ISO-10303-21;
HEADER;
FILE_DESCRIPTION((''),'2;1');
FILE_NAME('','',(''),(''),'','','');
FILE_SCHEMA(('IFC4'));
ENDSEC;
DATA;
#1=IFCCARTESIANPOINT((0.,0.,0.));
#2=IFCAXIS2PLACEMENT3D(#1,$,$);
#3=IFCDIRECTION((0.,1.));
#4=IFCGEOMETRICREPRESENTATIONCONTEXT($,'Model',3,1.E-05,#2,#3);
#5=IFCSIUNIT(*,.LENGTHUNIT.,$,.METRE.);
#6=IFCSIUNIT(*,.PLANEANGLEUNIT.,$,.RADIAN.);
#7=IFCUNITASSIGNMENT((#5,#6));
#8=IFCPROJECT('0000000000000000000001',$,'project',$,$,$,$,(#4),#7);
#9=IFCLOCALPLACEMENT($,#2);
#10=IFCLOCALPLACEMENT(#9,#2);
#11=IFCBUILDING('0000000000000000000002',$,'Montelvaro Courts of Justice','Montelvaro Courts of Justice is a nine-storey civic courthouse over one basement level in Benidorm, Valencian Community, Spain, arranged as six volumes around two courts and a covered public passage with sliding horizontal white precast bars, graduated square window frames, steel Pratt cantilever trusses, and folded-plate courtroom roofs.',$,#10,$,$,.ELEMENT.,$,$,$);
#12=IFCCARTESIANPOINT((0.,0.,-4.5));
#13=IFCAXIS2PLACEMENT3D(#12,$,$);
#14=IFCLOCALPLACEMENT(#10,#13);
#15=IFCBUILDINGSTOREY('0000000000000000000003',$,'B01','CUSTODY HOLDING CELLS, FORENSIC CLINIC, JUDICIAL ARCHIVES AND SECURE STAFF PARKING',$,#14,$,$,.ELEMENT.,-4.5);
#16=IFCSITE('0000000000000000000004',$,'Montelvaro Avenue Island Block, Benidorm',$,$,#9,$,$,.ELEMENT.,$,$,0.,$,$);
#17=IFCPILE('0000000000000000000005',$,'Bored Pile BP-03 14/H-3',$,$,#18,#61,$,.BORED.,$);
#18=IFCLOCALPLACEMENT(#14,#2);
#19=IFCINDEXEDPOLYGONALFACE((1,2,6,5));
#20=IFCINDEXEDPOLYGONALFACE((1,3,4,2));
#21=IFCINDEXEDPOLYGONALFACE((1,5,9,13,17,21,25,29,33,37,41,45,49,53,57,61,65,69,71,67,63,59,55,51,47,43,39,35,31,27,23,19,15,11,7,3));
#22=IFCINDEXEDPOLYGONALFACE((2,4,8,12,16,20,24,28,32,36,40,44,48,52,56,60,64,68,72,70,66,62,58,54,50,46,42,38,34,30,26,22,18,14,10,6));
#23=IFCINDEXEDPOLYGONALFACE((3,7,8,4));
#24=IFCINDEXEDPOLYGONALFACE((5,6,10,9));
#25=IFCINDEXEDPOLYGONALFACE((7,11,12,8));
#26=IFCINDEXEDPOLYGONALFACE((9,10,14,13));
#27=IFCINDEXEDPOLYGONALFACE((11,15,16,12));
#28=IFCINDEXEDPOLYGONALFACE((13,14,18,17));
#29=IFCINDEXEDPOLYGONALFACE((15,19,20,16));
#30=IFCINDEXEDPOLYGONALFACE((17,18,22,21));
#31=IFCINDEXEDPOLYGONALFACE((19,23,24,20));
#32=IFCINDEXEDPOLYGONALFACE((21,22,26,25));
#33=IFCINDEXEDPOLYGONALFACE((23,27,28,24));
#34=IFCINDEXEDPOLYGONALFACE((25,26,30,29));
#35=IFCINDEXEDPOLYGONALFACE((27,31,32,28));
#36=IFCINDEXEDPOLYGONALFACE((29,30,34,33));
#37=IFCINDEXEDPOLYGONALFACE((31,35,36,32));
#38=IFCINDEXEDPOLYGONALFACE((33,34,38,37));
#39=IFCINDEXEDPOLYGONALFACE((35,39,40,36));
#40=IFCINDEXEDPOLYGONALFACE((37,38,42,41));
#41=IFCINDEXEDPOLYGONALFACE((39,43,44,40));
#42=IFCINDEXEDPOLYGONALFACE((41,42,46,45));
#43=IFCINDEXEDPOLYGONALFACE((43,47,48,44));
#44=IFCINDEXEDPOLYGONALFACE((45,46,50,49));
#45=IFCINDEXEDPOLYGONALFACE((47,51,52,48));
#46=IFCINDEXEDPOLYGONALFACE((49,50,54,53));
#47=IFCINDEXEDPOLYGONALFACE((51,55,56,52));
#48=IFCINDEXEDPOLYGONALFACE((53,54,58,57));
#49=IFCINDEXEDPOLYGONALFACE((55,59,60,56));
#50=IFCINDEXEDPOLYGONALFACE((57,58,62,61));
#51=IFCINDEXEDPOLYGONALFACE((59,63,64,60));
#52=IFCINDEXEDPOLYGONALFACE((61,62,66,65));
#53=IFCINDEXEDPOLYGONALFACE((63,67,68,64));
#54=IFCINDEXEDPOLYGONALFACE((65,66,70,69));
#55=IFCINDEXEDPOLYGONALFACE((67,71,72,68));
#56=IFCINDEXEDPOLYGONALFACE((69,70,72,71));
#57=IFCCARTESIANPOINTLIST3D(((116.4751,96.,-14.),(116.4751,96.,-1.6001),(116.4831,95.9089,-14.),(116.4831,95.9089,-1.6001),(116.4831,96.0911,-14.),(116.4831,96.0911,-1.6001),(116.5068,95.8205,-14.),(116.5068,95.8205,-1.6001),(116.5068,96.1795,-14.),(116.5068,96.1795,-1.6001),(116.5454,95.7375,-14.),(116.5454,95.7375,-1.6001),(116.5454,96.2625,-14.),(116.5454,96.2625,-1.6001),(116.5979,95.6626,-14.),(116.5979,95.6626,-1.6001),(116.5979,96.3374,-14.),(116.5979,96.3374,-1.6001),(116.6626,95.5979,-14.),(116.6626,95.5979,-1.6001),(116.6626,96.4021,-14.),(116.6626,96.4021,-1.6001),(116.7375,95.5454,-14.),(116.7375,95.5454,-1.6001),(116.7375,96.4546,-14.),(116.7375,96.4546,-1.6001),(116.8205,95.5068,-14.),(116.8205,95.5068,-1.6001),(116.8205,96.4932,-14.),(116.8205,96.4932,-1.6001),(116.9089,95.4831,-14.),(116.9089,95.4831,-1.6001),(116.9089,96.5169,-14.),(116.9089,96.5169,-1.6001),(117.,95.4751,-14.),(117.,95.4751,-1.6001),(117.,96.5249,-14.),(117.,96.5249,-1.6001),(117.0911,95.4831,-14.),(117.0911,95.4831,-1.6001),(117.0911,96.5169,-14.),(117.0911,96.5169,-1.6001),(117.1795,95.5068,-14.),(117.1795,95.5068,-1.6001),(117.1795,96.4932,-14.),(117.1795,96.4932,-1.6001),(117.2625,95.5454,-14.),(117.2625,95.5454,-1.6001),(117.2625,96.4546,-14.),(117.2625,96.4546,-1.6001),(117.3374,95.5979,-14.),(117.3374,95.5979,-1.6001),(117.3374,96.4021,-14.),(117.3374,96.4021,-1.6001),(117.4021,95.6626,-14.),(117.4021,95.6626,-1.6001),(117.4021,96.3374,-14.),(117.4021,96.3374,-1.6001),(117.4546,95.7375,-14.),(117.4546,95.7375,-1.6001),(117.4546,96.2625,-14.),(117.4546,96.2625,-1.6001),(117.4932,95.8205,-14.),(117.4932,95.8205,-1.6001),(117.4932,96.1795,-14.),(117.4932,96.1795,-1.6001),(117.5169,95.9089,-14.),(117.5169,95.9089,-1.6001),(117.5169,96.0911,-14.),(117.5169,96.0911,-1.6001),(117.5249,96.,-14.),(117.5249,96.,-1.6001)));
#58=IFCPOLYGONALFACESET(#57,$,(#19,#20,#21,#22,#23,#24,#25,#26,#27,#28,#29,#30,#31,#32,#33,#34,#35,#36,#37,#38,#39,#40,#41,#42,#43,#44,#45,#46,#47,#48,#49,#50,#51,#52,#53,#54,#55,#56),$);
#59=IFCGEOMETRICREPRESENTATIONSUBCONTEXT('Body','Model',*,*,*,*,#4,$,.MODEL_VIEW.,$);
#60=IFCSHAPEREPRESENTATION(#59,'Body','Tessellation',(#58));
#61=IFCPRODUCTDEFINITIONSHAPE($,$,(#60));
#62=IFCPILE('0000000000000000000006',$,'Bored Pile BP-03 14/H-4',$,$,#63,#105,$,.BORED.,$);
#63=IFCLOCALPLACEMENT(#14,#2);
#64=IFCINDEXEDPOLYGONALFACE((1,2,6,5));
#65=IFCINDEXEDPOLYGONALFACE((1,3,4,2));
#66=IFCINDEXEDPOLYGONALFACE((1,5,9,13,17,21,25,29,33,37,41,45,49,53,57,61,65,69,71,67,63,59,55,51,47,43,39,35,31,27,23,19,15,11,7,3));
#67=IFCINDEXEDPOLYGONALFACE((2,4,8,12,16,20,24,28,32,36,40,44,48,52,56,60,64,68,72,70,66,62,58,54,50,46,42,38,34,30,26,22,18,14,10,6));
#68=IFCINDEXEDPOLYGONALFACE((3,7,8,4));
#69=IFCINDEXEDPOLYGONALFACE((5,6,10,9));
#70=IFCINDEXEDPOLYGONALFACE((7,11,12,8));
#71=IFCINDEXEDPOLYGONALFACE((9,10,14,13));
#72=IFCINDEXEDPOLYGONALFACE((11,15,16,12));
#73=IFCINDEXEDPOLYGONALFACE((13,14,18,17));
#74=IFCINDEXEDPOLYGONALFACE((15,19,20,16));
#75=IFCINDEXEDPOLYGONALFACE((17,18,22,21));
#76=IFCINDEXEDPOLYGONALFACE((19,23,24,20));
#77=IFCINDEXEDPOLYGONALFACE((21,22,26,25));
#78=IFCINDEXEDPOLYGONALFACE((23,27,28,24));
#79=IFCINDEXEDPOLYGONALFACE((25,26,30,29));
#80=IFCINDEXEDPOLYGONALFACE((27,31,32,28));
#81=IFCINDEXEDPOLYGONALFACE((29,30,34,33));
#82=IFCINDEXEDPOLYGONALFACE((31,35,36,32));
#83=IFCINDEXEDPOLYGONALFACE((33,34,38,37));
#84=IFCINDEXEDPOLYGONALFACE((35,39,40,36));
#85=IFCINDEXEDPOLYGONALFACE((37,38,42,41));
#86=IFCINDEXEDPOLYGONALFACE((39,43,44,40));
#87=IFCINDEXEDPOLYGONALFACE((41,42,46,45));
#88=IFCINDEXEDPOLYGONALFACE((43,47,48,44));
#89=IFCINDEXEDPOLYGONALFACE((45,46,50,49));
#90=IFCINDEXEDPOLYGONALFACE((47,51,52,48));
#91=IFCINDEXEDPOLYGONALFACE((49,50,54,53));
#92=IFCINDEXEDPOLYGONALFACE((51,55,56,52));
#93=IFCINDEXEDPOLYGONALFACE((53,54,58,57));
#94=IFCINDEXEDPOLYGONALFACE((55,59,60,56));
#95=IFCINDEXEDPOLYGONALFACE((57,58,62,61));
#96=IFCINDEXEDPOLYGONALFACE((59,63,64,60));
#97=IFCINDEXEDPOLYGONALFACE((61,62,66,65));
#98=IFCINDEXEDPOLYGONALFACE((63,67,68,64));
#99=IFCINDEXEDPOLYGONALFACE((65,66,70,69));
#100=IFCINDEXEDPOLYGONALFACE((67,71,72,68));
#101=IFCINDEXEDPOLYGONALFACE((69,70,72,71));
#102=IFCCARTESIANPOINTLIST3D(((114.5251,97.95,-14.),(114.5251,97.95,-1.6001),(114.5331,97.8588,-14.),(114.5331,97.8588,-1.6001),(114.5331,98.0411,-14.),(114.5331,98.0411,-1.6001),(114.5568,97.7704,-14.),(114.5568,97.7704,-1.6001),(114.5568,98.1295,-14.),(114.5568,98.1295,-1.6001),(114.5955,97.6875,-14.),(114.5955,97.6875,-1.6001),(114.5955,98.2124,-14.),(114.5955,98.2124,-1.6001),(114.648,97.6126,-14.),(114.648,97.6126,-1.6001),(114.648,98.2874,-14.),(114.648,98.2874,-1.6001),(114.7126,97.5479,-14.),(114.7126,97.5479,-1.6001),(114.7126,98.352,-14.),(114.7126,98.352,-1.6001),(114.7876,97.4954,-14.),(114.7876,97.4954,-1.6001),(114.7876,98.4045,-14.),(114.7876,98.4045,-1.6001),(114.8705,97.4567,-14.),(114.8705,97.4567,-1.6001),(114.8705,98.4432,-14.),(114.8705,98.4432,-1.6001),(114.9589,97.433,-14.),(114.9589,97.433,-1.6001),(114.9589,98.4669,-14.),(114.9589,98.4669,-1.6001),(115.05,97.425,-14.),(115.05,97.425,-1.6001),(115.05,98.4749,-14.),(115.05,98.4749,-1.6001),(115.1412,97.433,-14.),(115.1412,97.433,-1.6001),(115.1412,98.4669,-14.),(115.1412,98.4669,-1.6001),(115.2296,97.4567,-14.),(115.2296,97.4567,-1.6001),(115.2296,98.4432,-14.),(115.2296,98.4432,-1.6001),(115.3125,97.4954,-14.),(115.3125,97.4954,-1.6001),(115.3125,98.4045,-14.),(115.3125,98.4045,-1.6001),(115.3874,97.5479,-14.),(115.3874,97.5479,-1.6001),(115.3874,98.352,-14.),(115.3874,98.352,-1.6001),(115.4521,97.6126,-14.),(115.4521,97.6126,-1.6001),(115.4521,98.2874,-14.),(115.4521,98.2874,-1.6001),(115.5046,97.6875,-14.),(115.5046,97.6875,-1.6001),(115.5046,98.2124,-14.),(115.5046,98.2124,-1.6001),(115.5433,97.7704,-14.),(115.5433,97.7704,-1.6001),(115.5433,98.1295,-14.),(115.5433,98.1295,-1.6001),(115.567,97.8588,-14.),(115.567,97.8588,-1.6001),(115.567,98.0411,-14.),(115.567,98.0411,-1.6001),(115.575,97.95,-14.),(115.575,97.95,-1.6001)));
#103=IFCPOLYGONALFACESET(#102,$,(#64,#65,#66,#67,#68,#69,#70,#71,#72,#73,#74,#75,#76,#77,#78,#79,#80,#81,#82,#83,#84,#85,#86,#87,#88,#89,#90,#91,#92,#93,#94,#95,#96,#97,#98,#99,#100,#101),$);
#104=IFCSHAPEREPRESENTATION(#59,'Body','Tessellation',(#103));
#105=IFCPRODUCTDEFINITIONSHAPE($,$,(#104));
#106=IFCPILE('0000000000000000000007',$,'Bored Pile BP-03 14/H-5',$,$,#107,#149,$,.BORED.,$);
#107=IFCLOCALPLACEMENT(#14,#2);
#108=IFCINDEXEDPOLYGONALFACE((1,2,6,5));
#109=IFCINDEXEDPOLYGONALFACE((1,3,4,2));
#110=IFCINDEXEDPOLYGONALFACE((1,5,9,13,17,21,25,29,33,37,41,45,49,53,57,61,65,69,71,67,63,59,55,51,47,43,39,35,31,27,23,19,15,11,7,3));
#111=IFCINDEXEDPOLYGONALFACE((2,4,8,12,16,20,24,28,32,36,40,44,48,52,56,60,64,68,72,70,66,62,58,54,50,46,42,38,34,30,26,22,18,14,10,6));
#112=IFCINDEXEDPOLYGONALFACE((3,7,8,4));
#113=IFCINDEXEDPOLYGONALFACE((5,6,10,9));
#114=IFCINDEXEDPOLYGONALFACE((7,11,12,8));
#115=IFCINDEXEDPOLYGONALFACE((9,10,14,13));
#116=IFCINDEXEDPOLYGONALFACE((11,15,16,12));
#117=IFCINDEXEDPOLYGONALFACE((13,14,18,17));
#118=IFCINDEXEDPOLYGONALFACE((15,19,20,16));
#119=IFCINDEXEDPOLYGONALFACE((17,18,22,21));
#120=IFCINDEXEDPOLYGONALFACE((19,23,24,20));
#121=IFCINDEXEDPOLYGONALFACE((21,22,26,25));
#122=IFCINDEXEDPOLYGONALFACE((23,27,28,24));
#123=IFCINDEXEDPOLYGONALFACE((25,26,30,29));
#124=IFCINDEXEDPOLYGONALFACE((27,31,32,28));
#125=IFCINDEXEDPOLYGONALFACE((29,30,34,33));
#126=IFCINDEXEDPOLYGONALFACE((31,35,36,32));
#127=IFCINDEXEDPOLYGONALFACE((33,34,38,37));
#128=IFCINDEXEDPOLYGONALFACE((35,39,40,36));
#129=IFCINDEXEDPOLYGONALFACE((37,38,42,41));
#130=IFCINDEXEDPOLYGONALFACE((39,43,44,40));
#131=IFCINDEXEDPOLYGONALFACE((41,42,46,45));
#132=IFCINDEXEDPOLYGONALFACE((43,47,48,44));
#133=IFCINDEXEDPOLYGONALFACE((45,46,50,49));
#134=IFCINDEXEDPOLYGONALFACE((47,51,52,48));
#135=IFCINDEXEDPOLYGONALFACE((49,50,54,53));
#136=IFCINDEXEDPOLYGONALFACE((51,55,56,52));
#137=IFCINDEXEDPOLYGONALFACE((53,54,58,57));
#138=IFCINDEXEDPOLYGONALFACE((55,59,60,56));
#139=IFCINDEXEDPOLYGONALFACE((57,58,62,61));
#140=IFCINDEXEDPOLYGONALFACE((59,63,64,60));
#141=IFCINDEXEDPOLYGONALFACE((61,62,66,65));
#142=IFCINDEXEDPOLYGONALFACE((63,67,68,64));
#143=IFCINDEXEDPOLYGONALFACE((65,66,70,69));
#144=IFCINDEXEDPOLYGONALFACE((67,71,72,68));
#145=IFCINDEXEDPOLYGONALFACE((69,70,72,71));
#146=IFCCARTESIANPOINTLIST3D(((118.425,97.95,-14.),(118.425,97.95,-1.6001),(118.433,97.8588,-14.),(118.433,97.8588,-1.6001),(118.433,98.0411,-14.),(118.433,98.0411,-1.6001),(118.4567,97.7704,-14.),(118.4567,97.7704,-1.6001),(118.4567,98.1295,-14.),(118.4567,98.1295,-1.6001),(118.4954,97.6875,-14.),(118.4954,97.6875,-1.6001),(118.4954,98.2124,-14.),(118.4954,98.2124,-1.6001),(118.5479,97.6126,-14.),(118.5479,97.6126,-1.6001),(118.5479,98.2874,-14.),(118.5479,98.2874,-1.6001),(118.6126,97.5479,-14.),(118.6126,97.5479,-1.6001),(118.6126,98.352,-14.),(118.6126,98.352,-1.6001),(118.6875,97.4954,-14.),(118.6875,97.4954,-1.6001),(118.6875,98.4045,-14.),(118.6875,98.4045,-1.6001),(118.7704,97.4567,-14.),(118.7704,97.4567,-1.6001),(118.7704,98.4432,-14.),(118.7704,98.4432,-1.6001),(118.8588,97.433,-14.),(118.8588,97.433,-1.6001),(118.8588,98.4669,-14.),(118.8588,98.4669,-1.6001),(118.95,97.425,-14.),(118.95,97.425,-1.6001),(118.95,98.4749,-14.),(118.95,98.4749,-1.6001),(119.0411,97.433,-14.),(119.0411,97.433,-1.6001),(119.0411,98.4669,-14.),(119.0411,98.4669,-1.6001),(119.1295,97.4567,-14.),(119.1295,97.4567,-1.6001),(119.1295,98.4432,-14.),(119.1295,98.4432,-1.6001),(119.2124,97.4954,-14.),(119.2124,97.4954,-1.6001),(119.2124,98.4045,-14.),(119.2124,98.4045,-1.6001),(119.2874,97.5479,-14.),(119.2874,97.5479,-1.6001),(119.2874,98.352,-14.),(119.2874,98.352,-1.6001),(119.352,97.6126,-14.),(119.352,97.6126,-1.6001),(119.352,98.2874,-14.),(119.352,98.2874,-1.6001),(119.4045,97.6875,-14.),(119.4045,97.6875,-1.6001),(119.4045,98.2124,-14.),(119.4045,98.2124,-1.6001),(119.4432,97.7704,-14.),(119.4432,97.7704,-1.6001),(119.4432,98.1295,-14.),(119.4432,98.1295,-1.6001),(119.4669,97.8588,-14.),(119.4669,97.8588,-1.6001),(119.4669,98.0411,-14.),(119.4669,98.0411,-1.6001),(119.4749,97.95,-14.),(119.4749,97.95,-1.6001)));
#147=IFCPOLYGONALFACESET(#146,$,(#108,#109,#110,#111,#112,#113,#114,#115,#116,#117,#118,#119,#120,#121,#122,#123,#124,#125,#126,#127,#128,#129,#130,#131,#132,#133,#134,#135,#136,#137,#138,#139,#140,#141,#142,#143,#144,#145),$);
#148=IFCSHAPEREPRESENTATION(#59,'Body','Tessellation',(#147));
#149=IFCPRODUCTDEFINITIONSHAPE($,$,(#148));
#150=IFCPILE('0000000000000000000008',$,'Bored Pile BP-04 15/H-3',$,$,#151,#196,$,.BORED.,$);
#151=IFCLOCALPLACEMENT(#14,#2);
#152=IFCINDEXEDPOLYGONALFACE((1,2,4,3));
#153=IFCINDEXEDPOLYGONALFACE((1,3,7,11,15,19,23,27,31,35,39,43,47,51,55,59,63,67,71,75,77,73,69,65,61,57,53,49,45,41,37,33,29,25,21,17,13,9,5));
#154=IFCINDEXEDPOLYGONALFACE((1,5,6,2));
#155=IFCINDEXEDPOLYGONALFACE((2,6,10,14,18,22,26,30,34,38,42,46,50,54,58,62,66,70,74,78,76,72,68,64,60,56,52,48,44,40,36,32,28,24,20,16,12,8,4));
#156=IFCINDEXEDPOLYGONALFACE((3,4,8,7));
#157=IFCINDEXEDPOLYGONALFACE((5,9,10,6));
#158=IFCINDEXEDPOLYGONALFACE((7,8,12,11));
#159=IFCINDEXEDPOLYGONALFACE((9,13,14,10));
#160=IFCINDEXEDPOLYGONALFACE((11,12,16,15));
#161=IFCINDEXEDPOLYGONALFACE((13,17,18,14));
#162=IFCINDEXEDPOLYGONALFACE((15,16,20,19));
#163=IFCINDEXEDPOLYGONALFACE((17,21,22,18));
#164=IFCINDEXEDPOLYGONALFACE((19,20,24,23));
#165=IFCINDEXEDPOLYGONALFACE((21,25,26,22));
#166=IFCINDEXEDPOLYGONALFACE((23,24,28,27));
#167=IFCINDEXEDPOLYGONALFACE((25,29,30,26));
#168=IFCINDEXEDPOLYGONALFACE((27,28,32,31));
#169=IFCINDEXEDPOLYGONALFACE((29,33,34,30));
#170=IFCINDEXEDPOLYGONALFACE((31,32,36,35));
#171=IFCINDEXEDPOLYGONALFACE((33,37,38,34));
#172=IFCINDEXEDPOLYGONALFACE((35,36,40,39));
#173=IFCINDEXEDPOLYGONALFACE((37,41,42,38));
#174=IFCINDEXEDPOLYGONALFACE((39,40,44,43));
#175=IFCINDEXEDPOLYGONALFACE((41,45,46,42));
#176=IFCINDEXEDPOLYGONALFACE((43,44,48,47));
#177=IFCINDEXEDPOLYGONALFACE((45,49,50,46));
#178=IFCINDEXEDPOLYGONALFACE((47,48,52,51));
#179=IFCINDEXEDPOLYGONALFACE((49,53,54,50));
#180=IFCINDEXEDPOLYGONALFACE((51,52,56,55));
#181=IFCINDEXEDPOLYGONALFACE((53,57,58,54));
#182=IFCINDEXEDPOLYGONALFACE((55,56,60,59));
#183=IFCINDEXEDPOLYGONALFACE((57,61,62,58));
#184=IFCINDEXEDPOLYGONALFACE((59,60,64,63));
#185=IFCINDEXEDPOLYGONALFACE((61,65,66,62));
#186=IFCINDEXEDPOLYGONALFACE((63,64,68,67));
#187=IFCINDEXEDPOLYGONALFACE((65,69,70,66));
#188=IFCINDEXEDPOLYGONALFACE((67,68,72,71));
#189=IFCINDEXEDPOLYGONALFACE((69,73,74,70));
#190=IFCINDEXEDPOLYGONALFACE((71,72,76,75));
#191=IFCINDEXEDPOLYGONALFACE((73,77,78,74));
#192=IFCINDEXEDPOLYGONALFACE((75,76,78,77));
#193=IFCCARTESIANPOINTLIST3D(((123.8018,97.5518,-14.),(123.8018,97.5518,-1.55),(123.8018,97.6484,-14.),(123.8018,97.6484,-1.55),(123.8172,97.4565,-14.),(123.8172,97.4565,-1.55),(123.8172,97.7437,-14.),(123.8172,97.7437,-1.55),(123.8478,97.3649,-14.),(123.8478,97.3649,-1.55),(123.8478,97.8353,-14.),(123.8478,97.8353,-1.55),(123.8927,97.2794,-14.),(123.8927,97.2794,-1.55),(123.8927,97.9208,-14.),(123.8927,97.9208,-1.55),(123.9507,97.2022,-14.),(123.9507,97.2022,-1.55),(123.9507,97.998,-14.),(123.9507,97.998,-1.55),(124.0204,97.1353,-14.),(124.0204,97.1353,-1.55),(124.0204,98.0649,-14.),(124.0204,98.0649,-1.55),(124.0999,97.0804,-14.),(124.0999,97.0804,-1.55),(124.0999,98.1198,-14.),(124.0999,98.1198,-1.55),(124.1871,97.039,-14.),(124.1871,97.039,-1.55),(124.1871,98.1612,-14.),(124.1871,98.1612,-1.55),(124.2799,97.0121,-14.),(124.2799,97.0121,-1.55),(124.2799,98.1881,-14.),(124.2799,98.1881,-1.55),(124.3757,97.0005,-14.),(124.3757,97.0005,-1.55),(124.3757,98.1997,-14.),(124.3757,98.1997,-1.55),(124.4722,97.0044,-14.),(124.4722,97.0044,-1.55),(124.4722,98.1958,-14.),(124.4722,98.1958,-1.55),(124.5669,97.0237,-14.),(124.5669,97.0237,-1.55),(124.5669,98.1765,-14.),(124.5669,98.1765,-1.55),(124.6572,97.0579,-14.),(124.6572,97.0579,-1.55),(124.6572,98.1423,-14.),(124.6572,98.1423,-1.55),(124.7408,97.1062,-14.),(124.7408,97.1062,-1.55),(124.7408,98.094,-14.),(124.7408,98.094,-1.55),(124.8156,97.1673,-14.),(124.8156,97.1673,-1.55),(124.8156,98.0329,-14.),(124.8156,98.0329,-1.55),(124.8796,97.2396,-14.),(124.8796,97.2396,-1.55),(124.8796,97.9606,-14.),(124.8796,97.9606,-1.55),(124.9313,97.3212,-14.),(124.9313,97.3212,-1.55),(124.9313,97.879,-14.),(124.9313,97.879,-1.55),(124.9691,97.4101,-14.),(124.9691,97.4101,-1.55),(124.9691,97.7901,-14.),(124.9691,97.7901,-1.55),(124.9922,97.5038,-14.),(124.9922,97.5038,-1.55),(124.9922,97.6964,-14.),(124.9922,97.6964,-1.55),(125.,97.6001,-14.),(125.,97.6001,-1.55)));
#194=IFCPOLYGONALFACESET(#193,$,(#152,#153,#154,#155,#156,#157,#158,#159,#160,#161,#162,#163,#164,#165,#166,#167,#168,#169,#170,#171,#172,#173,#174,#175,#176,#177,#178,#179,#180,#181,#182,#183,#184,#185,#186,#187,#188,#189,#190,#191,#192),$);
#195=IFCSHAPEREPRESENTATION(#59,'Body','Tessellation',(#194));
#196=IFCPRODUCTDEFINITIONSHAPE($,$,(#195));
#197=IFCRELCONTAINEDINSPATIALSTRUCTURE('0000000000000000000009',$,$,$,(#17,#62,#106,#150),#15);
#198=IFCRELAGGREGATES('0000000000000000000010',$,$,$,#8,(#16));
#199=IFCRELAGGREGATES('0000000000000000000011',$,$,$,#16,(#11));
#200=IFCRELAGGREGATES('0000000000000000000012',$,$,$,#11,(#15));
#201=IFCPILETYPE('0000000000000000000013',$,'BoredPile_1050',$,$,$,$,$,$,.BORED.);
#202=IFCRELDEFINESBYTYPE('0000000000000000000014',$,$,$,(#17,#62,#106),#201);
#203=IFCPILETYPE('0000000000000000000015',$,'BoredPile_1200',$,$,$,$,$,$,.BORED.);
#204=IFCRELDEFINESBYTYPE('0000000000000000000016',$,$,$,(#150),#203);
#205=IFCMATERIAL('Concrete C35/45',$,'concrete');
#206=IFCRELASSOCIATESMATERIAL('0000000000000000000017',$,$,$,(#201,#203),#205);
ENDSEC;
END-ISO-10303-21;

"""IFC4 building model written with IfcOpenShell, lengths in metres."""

from ifc_helpers import new_model, si_unit, direction, frame, origin, origin_2d, place, context, subcontext, project, spatial, circle, extrude, material, material_profile, profile_set, type_object, element, save


model = new_model("IFC4")

# Units and contexts
model_context = context("Model", 3, precision=1e-05, world=origin(), true_north=direction((0.0, 1.0)))
body_context = subcontext(model_context, "Body", "Model", "MODEL_VIEW")
ifc_project = project(units=[si_unit("LENGTHUNIT", "METRE"), si_unit("PLANEANGLEUNIT", "RADIAN")], contexts=[model_context])

# Site, building, storey
site_placement = place(None, origin())
site = spatial("IfcSite", under=ifc_project, at=site_placement, Name="Montelvaro Avenue Island Block, Benidorm", CompositionType="ELEMENT", RefElevation=0.0)
building_placement = place(site_placement, origin())
building = spatial("IfcBuilding", under=site, at=building_placement, Name="Montelvaro Courts of Justice", Description="Montelvaro Courts of Justice is a nine-storey civic courthouse over one basement level in Benidorm, Valencian Community, Spain, arranged as six volumes around two courts and a covered public passage with sliding horizontal white precast bars, graduated square window frames, steel Pratt cantilever trusses, and folded-plate courtroom roofs.", CompositionType="ELEMENT")
storey_placement = place(building_placement, frame((0.0, 0.0, -4.5)))
storey = spatial("IfcBuildingStorey", under=building, at=storey_placement, Name="B01", Description="CUSTODY HOLDING CELLS, FORENSIC CLINIC, JUDICIAL ARCHIVES AND SECURE STAFF PARKING", CompositionType="ELEMENT", Elevation=-4.5)

# Piles
ifc_material_1 = material(Name="Concrete C35/45", Category="concrete")
ifc_material_profile_1 = material_profile(ifc_material_1, circle(Radius=0.5249, at=origin_2d()), Name="BORED PILE D1050")
ifc_profile_set_1 = profile_set([ifc_material_profile_1], Name="Concrete C35/45")
pile_type_1 = type_object("IfcPileType", Name="BoredPile_1050", PredefinedType="BORED", material=ifc_profile_set_1)
for number, where, z_axis, x_axis, name in (
    (1, (117.0, 96.0, -1.6001), (0.0, 0.0, -1.0), (1.0, 0.0, 0.0), "Bored Pile BP-03 14/H-3"),
    (2, (115.05, 97.95, -1.6001), (0.0, 0.0, -1.0), (1.0, 0.0, 0.0), "Bored Pile BP-03 14/H-4"),
    (3, (118.95, 97.95, -1.6001), (0.0, 0.0, -1.0), (1.0, 0.0, 0.0), "Bored Pile BP-03 14/H-5"),
):
    element("IfcPile", number, at=place(storey_placement, frame(where, z_axis=z_axis, x_axis=x_axis)), inside=storey, type_object=pile_type_1, Name=name, PredefinedType="BORED", context=body_context, shape_type="SweptSolid", body=[
        extrude(circle(Radius=0.5249, at=origin_2d()), origin(), (0.0, 0.0, 1.0), 12.3999),
    ])
ifc_material_profile_2 = material_profile(ifc_material_1, circle(Radius=0.6001, at=origin_2d()), Name="BORED PILE D1200")
ifc_profile_set_2 = profile_set([ifc_material_profile_2], Name="Concrete C35/45")
pile_type_2 = type_object("IfcPileType", Name="BoredPile_1200", PredefinedType="BORED", material=ifc_profile_set_2)
pile_1_placement = place(storey_placement, frame((124.3999, 97.6001, -1.55), z_axis=(0.0, 0.0, -1.0), x_axis=(1.0, 0.0, 0.0)))
element("IfcPile", 4, at=pile_1_placement, inside=storey, type_object=pile_type_2, Name="Bored Pile BP-04 15/H-3", PredefinedType="BORED", context=body_context, shape_type="SweptSolid", body=[
    extrude(circle(Radius=0.6001, at=origin_2d()), origin(), (0.0, 0.0, 1.0), 12.45),
])

save(model, "model.ifc")
